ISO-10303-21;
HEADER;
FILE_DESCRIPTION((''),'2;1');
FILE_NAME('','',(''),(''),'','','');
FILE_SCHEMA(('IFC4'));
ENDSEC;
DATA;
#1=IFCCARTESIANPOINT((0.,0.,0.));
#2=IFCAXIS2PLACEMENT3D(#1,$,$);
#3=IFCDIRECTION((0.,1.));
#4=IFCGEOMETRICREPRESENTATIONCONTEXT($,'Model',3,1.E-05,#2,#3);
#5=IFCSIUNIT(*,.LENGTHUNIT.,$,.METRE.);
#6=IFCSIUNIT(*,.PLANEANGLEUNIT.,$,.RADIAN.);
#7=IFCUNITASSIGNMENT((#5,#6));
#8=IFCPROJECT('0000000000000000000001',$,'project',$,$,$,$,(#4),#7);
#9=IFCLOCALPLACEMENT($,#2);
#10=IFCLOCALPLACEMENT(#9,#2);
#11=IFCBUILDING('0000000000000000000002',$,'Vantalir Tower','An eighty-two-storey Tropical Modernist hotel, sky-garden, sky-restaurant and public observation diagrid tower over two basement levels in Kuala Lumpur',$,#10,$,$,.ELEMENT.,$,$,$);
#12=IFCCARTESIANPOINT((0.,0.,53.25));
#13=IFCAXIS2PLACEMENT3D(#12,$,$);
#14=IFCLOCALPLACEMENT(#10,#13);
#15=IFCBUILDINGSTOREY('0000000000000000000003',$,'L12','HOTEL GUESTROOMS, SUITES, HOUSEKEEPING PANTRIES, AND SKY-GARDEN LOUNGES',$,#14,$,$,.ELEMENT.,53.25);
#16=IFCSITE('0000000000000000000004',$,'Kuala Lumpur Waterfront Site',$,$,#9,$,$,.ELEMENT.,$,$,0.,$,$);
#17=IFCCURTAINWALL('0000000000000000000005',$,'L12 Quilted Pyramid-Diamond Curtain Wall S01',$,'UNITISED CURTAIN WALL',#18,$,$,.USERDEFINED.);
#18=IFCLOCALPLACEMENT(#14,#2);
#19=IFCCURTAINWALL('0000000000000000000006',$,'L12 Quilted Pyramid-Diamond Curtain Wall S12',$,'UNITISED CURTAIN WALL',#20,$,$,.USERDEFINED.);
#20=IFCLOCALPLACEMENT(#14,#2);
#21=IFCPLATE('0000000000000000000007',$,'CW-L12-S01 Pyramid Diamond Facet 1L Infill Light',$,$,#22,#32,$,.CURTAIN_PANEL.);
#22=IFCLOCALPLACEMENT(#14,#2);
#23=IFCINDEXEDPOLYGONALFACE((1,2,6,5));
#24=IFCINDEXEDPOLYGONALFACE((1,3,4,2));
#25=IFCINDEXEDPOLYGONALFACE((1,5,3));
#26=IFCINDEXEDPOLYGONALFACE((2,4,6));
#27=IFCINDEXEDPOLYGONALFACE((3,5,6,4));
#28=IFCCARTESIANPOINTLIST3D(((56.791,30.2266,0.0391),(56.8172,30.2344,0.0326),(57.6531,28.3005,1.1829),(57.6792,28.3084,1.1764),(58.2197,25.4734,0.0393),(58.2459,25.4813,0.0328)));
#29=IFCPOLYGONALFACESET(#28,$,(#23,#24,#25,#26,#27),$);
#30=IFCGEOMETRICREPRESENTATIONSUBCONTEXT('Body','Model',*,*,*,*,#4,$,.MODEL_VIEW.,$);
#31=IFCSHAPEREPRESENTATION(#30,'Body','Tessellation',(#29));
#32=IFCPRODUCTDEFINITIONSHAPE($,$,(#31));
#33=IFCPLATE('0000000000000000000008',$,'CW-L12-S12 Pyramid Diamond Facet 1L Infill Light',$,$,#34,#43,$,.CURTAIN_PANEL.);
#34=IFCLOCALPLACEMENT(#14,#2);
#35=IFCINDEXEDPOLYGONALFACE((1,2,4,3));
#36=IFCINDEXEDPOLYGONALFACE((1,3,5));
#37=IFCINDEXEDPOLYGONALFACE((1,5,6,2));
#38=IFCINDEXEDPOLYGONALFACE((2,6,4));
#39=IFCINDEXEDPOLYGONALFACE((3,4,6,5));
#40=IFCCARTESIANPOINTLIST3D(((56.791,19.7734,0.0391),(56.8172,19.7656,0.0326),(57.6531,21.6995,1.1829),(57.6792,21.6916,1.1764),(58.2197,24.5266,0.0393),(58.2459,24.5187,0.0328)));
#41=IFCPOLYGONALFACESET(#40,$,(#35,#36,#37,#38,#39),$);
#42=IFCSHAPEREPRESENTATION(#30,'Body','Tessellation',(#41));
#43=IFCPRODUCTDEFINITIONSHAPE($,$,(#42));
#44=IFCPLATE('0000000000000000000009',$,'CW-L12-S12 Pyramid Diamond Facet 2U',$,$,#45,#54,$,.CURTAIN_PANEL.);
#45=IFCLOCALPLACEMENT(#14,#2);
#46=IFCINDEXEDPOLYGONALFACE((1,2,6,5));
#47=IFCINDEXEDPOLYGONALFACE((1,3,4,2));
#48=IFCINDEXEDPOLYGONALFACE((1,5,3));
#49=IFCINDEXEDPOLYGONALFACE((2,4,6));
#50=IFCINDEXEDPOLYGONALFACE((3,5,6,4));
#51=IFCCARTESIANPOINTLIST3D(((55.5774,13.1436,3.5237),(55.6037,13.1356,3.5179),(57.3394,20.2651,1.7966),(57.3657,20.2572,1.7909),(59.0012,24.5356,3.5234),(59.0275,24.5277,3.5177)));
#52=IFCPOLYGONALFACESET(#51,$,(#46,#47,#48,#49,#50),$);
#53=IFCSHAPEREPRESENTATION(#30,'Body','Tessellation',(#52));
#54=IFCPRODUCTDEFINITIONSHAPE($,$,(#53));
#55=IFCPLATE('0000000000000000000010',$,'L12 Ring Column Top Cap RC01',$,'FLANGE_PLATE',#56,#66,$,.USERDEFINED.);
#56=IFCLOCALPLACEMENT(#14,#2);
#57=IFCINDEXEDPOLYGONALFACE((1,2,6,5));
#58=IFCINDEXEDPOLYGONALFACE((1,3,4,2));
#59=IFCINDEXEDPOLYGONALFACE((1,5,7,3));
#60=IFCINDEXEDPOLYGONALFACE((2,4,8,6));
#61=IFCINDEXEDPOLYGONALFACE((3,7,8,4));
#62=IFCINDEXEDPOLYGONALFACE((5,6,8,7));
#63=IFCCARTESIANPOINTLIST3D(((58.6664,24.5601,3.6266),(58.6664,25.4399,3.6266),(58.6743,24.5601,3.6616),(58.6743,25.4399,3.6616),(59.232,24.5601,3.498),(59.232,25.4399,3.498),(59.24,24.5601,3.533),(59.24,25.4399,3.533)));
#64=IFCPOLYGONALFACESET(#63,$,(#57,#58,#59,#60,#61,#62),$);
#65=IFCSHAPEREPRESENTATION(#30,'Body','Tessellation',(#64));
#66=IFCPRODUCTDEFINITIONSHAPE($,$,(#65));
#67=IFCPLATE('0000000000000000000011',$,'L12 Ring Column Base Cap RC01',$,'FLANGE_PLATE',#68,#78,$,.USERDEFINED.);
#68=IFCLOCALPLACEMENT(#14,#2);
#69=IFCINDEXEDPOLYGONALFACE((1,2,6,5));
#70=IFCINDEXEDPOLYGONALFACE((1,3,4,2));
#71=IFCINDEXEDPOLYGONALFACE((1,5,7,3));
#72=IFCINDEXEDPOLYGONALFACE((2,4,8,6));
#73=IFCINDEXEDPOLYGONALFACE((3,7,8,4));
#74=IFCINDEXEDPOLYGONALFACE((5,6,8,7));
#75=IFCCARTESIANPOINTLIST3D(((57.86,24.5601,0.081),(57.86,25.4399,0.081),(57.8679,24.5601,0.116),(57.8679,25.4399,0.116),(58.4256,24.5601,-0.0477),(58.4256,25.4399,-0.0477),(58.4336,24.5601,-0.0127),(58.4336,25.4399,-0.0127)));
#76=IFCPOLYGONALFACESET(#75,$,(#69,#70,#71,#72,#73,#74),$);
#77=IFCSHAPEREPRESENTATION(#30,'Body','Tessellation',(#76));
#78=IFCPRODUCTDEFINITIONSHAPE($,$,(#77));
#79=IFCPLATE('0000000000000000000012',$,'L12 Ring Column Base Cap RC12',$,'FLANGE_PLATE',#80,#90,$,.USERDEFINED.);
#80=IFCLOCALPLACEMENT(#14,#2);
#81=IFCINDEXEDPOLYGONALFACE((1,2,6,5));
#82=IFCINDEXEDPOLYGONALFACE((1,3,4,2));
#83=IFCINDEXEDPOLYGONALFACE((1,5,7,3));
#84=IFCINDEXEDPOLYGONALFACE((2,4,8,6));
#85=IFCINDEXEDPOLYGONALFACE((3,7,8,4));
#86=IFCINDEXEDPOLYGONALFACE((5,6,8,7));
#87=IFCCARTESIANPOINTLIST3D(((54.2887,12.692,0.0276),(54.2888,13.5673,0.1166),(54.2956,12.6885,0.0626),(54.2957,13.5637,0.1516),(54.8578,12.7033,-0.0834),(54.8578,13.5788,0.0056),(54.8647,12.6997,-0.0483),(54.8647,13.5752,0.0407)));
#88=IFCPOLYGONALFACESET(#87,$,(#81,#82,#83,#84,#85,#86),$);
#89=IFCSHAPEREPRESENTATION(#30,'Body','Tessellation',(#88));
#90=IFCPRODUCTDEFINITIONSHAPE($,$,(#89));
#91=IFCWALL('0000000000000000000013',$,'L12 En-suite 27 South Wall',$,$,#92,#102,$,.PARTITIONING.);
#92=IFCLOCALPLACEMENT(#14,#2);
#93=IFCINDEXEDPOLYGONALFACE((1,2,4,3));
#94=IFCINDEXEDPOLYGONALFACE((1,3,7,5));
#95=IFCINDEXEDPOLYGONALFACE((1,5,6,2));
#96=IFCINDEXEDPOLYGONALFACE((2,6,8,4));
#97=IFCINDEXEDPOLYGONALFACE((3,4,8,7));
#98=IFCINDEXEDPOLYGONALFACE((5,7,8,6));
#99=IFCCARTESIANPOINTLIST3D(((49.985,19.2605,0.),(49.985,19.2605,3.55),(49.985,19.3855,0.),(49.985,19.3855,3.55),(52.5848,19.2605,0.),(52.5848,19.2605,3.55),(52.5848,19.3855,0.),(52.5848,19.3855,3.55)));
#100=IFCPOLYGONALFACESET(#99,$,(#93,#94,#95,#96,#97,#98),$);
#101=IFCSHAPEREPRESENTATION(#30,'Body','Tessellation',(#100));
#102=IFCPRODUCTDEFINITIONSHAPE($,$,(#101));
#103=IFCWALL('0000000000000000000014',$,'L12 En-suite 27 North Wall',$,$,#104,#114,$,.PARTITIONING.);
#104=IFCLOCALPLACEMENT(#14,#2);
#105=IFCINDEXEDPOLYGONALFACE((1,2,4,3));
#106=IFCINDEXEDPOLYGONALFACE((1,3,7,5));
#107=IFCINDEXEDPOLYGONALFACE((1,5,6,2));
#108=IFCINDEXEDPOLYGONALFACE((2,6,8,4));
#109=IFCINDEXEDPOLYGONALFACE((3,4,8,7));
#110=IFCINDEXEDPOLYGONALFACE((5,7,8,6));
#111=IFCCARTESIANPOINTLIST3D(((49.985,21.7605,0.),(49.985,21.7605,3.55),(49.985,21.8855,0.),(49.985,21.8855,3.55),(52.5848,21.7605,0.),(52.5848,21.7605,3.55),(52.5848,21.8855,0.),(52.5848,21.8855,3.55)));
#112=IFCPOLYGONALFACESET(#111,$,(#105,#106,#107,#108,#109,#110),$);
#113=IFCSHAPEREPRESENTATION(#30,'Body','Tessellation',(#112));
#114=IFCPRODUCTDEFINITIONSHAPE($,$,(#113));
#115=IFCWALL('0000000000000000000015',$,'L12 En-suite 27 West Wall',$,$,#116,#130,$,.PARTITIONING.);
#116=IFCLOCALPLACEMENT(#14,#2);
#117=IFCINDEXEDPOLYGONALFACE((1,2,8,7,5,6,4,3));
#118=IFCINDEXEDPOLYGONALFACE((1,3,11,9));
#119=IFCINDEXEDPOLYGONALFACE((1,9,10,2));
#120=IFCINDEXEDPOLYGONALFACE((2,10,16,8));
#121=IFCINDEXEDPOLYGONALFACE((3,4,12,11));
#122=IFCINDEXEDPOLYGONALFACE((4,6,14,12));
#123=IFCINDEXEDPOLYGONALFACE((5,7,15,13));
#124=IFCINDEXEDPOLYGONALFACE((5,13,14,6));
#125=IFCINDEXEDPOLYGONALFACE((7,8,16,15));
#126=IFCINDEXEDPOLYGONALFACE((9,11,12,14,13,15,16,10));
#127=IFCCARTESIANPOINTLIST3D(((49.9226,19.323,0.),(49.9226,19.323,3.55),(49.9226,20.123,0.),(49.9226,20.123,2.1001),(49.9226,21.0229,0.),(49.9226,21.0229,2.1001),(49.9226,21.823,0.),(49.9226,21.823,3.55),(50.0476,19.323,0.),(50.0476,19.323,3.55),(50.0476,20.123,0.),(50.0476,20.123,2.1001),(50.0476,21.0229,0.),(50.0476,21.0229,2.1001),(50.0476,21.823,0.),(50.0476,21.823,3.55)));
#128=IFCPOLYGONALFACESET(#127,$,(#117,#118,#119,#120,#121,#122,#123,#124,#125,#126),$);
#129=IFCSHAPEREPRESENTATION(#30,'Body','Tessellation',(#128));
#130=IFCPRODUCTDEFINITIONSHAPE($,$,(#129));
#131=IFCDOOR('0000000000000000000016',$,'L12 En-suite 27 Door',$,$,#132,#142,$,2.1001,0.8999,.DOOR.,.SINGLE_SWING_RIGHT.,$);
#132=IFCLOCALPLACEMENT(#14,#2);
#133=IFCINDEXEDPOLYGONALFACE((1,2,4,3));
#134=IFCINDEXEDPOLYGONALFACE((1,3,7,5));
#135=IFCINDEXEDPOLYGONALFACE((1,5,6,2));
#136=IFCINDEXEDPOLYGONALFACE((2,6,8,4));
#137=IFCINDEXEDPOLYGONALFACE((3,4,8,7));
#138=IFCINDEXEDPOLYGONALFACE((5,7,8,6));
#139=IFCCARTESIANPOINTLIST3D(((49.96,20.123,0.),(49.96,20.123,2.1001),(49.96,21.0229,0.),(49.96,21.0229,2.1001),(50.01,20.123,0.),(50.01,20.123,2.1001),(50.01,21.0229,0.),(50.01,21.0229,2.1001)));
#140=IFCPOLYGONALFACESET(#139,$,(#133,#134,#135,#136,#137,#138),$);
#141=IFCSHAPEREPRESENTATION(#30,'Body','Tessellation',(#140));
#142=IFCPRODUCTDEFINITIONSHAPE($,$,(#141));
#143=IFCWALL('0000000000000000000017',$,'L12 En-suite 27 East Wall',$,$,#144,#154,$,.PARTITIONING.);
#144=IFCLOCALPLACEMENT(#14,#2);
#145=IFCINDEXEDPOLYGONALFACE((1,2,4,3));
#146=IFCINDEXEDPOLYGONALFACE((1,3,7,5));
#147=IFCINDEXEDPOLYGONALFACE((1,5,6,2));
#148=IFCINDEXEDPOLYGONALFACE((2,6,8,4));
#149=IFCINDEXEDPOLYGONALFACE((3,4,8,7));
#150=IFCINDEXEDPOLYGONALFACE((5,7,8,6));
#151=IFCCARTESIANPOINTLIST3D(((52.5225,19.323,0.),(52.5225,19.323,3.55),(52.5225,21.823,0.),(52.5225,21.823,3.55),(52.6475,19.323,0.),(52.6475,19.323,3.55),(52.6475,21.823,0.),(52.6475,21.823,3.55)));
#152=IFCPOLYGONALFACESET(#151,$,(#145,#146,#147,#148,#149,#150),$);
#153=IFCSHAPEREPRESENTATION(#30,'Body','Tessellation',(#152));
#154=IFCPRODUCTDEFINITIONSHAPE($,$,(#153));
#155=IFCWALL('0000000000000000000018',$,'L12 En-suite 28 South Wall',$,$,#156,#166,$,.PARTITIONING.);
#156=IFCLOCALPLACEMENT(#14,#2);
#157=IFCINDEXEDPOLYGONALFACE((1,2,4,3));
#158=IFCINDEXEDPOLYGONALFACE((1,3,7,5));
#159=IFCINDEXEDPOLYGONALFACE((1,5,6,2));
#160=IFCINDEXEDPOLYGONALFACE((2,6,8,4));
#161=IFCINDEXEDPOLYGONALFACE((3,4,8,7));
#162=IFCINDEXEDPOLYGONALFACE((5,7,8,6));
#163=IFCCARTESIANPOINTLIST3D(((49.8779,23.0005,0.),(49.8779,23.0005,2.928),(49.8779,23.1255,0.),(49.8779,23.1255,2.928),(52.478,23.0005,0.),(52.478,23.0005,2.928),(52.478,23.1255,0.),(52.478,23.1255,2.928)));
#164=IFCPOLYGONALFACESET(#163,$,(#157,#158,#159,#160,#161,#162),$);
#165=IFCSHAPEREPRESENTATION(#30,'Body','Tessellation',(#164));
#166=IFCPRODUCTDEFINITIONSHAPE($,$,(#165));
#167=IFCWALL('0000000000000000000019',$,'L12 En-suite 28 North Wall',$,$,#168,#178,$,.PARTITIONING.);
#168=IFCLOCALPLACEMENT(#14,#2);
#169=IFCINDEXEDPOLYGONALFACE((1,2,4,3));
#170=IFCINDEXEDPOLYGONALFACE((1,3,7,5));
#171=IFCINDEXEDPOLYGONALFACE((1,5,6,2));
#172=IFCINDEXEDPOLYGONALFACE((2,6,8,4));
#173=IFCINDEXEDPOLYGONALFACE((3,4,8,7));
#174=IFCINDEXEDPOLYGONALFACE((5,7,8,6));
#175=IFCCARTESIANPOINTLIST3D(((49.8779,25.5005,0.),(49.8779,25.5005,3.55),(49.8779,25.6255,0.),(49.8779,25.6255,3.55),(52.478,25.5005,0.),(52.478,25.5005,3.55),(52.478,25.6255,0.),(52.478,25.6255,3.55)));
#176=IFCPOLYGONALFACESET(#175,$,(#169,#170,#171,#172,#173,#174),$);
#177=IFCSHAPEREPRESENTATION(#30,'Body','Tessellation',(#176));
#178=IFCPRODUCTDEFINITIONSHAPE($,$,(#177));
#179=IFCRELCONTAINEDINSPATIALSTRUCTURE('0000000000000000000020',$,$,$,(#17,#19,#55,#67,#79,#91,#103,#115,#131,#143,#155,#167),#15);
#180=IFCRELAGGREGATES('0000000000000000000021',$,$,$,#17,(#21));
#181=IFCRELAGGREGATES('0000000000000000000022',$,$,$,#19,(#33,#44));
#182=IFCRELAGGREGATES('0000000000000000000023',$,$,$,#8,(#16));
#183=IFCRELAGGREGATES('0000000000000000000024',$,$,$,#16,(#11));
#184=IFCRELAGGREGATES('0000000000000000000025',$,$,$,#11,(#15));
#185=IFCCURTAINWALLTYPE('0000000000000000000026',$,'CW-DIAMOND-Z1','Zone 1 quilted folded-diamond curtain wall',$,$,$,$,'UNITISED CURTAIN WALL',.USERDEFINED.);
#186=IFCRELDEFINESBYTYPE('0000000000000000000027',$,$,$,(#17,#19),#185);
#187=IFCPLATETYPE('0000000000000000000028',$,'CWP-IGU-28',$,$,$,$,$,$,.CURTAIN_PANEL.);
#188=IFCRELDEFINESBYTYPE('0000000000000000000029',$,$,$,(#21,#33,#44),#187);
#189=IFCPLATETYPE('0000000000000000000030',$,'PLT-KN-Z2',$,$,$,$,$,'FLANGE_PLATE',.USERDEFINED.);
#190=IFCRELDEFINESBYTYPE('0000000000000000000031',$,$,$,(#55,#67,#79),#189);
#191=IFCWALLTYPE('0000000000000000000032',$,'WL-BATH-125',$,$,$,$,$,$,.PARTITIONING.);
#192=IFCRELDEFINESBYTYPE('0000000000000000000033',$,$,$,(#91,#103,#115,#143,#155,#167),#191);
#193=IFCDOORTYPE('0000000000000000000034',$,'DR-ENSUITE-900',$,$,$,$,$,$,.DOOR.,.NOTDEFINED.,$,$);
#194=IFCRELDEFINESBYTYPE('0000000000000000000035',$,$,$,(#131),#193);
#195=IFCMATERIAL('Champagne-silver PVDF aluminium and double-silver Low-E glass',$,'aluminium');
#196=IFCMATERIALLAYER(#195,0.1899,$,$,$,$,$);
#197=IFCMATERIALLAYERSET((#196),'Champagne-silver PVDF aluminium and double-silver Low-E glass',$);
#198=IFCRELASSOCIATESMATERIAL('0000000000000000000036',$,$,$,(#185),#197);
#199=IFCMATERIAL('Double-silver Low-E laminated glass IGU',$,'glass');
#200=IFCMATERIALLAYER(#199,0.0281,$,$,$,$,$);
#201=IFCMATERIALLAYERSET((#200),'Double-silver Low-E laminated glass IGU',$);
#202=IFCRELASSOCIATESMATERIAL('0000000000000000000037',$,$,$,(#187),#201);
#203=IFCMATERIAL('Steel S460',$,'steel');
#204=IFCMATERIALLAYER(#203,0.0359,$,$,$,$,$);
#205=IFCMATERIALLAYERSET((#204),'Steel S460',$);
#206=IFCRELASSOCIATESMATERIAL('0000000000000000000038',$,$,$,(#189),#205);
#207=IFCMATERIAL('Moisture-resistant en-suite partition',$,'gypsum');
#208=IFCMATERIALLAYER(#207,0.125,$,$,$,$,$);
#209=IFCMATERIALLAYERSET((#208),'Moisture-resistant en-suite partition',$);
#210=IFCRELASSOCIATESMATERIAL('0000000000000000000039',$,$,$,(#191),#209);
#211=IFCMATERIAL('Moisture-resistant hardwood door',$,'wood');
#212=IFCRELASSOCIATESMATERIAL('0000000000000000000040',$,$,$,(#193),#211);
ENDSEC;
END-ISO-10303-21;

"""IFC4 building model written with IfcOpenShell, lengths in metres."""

from ifc_helpers import new_model, si_unit, direction, frame, frame_2d, origin, place, context, subcontext, project, spatial, polyline, rectangle, outline, extrude, material, layer, layer_set, type_object, element, fill, aggregate, save


model = new_model("IFC4")

# Units and contexts
model_context = context("Model", 3, precision=1e-05, world=origin(), true_north=direction((0.0, 1.0)))
body_context = subcontext(model_context, "Body", "Model", "MODEL_VIEW")
ifc_project = project(units=[si_unit("LENGTHUNIT", "METRE"), si_unit("PLANEANGLEUNIT", "RADIAN")], contexts=[model_context])

# Site, building, storey
site_placement = place(None, origin())
site = spatial("IfcSite", under=ifc_project, at=site_placement, Name="Kuala Lumpur Waterfront Site", CompositionType="ELEMENT", RefElevation=0.0)
building_placement = place(site_placement, origin())
building = spatial("IfcBuilding", under=site, at=building_placement, Name="Vantalir Tower", Description="An eighty-two-storey Tropical Modernist hotel, sky-garden, sky-restaurant and public observation diagrid tower over two basement levels in Kuala Lumpur", CompositionType="ELEMENT")
storey_placement = place(building_placement, frame((0.0, 0.0, 53.25)))
storey = spatial("IfcBuildingStorey", under=building, at=storey_placement, Name="L12", Description="HOTEL GUESTROOMS, SUITES, HOUSEKEEPING PANTRIES, AND SKY-GARDEN LOUNGES", CompositionType="ELEMENT", Elevation=53.25)

# Shared definitions
ifc_material_1 = material(Name="Steel S460", Category="steel")

# Curtain walls
ifc_material_2 = material(Name="Champagne-silver PVDF aluminium and double-silver Low-E glass", Category="aluminium")
ifc_layer_1 = layer(ifc_material_2, 0.1899)
ifc_layer_set_1 = layer_set([ifc_layer_1], Name="Champagne-silver PVDF aluminium and double-silver Low-E glass")
curtain_wall_type = type_object("IfcCurtainWallType", Name="CW-DIAMOND-Z1", Description="Zone 1 quilted folded-diamond curtain wall", ElementType="UNITISED CURTAIN WALL", PredefinedType="USERDEFINED", material=ifc_layer_set_1)
curtain_wall_1_placement = place(storey_placement, origin())
curtain_wall_1 = element("IfcCurtainWall", 1, at=curtain_wall_1_placement, inside=storey, type_object=curtain_wall_type, Name="L12 Quilted Pyramid-Diamond Curtain Wall S01", ObjectType="UNITISED CURTAIN WALL", PredefinedType="USERDEFINED")
curtain_wall_2_placement = place(storey_placement, origin())
curtain_wall_2 = element("IfcCurtainWall", 2, at=curtain_wall_2_placement, inside=storey, type_object=curtain_wall_type, Name="L12 Quilted Pyramid-Diamond Curtain Wall S12", ObjectType="UNITISED CURTAIN WALL", PredefinedType="USERDEFINED")

# Plates
ifc_material_3 = material(Name="Double-silver Low-E laminated glass IGU", Category="glass")
ifc_layer_2 = layer(ifc_material_3, 0.0281)
ifc_layer_set_2 = layer_set([ifc_layer_2], Name="Double-silver Low-E laminated glass IGU")
plate_type_1 = type_object("IfcPlateType", Name="CWP-IGU-28", PredefinedType="CURTAIN_PANEL", material=ifc_layer_set_2)
plate_1_placement = place(storey_placement, frame((58.2197, 25.4734, 0.0393), z_axis=(-0.931846, -0.280083, 0.230688), x_axis=(-0.287858, 0.957673, -0.000049)))
plate_1 = element("IfcPlate", 3, at=plate_1_placement, type_object=plate_type_1, Name="CW-L12-S01 Pyramid Diamond Facet 1L Infill Light", PredefinedType="CURTAIN_PANEL", context=body_context, shape_type="SweptSolid", body=[
    extrude(outline(polyline([(0.0, 0.0), (4.9633, 0.0), (2.8705, -1.1754), (0.0, 0.0)])), origin(), (0.0, 0.0, -1.0), 0.0281),
])
aggregate(curtain_wall_1, [plate_1])
plate_2_placement = place(storey_placement, frame((56.791, 19.7734, 0.0391), z_axis=(-0.931846, 0.280083, 0.230688), x_axis=(0.287858, 0.957673, 0.000049)))
plate_2 = element("IfcPlate", 4, at=plate_2_placement, type_object=plate_type_1, Name="CW-L12-S12 Pyramid Diamond Facet 1L Infill Light", PredefinedType="CURTAIN_PANEL", context=body_context, shape_type="SweptSolid", body=[
    extrude(outline(polyline([(0.0, 0.0), (4.9633, 0.0), (2.0927, -1.1754), (0.0, 0.0)])), origin(), (0.0, 0.0, -1.0), 0.0281),
])
plate_3_placement = place(storey_placement, frame((59.0012, 24.5356, 3.5234), z_axis=(-0.937268, 0.281695, 0.205369), x_axis=(-0.287826, -0.957683, 0.000021)))
plate_3 = element("IfcPlate", 5, at=plate_3_placement, type_object=plate_type_1, Name="CW-L12-S12 Pyramid Diamond Facet 2U", PredefinedType="CURTAIN_PANEL", context=body_context, shape_type="SweptSolid", body=[
    extrude(outline(polyline([(0.0, 0.0), (11.8955, 0.0), (4.5681, -1.7645), (0.0, 0.0)])), origin(), (0.0, 0.0, -1.0), 0.0281),
])
aggregate(curtain_wall_2, [plate_2, plate_3])

# Plates
ifc_layer_3 = layer(ifc_material_1, 0.0359)
ifc_layer_set_3 = layer_set([ifc_layer_3], Name="Steel S460")
plate_type_2 = type_object("IfcPlateType", Name="PLT-KN-Z2", ElementType="FLANGE_PLATE", PredefinedType="USERDEFINED", material=ifc_layer_set_3)
for number, where, z_axis, x_axis, name in (
    (6, (58.6743, 25.4399, 3.6616), (0.221785, 0.0, 0.975096), (0.0, -1.0, 0.0), "L12 Ring Column Top Cap RC01"),
    (7, (57.8679, 25.4399, 0.116), (0.221785, 0.0, 0.975096), (0.0, -1.0, 0.0), "L12 Ring Column Base Cap RC01"),
):
    element("IfcPlate", number, at=place(storey_placement, frame(where, z_axis=z_axis, x_axis=x_axis)), inside=storey, type_object=plate_type_2, Name=name, ObjectType="FLANGE_PLATE", PredefinedType="USERDEFINED", context=body_context, shape_type="SweptSolid", body=[
        extrude(outline(polyline([(0.0, 0.0), (0.8799, 0.0), (0.8799, 0.5801), (0.0, 0.5801), (0.0, 0.0)])), origin(), (0.0, 0.0, -1.0), 0.0359),
    ])
plate_4_placement = place(storey_placement, frame((54.2957, 13.5637, 0.1516), z_axis=(0.192339, -0.09925, 0.976297), x_axis=(-0.000023, -0.994873, -0.101134)))
element("IfcPlate", 8, at=plate_4_placement, inside=storey, type_object=plate_type_2, Name="L12 Ring Column Base Cap RC12", ObjectType="FLANGE_PLATE", PredefinedType="USERDEFINED", context=body_context, shape_type="SweptSolid", body=[
    extrude(outline(polyline([(0.0, 0.0), (0.8797, 0.0), (0.8798, 0.5799), (-0.0002, 0.5799), (0.0, 0.0)])), origin(), (0.0, 0.0, -1.0), 0.0359),
])

# Walls
ifc_material_4 = material(Name="Moisture-resistant en-suite partition", Category="gypsum")
ifc_layer_4 = layer(ifc_material_4, 0.125)
ifc_layer_set_4 = layer_set([ifc_layer_4], Name="Moisture-resistant en-suite partition")
wall_type_1 = type_object("IfcWallType", Name="WL-BATH-125", PredefinedType="PARTITIONING", material=ifc_layer_set_4)
for number, where, z_axis, x_axis, name in (
    (9, (49.9851, 19.323, 0.0), (0.0, 0.0, 1.0), (1.0, 0.0, 0.0), "L12 En-suite 27 South Wall"),
    (10, (49.9851, 21.823, 0.0), (0.0, 0.0, 1.0), (1.0, 0.0, 0.0), "L12 En-suite 27 North Wall"),
):
    element("IfcWall", number, at=place(storey_placement, frame(where, z_axis=z_axis, x_axis=x_axis)), inside=storey, type_object=wall_type_1, Name=name, PredefinedType="PARTITIONING", context=body_context, shape_type="SweptSolid", body=[
        extrude(rectangle(XDim=2.5999, YDim=0.125, at=frame_2d((1.2998, 0.0))), origin(), (0.0, 0.0, 1.0), 3.55),
    ])

# Wall, opening, door
wall_1_placement = place(storey_placement, frame((49.9851, 19.323, 0.0), z_axis=(0.0, 0.0, 1.0), x_axis=(0.0, 1.0, 0.0)))
wall_1 = element("IfcWall", 11, at=wall_1_placement, inside=storey, type_object=wall_type_1, Name="L12 En-suite 27 West Wall", PredefinedType="PARTITIONING", context=body_context, shape_type="SweptSolid", body=[
    extrude(rectangle(XDim=2.5, YDim=0.125, at=frame_2d((1.25, 0.0))), origin(), (0.0, 0.0, 1.0), 3.55),
])
opening_1_placement = place(wall_1_placement, frame((0.8, 0.0, 0.0)))
opening_1 = element("IfcOpeningElement", 12, at=opening_1_placement, cuts=wall_1, PredefinedType="OPENING", context=body_context, shape_type="SweptSolid", body=[
    extrude(rectangle(XDim=0.8999, YDim=2.1001, at=frame_2d((0.45, 1.05))), frame((0.0, 0.0725, 0.0), z_axis=(0.0, -1.0, 0.0), x_axis=(1.0, 0.0, 0.0)), (0.0, 0.0, 1.0), 0.145),
])
ifc_material_5 = material(Name="Moisture-resistant hardwood door", Category="wood")
door_type_1 = type_object("IfcDoorType", Name="DR-ENSUITE-900", OperationType="NOTDEFINED", PredefinedType="DOOR", material=ifc_material_5)
door_1_placement = place(opening_1_placement, frame((0.8999, 0.0, 0.0), z_axis=(0.0, 0.0, 1.0), x_axis=(-1.0, 0.0, 0.0)))
door_1 = element("IfcDoor", 13, at=door_1_placement, inside=storey, type_object=door_type_1, Name="L12 En-suite 27 Door", OperationType="SINGLE_SWING_RIGHT", OverallHeight=2.1001, OverallWidth=0.8999, PredefinedType="DOOR", context=body_context, shape_type="SweptSolid", body=[
    extrude(rectangle(XDim=0.8999, YDim=2.1001, at=frame_2d((0.45, 1.05))), frame((0.0, 0.0249, 0.0), z_axis=(0.0, -1.0, 0.0), x_axis=(1.0, 0.0, 0.0)), (0.0, 0.0, 1.0), 0.05),
])
fill(opening_1, door_1)

# Walls
wall_2_placement = place(storey_placement, frame((52.585, 19.323, 0.0), z_axis=(0.0, 0.0, 1.0), x_axis=(0.0, 1.0, 0.0)))
element("IfcWall", 14, at=wall_2_placement, inside=storey, type_object=wall_type_1, Name="L12 En-suite 27 East Wall", PredefinedType="PARTITIONING", context=body_context, shape_type="SweptSolid", body=[
    extrude(rectangle(XDim=2.5, YDim=0.125, at=frame_2d((1.25, 0.0))), origin(), (0.0, 0.0, 1.0), 3.55),
])
wall_3_placement = place(storey_placement, frame((49.8779, 23.063, 0.0), z_axis=(0.0, 0.0, 1.0), x_axis=(1.0, 0.0, 0.0)))
element("IfcWall", 15, at=wall_3_placement, inside=storey, type_object=wall_type_1, Name="L12 En-suite 28 South Wall", PredefinedType="PARTITIONING", context=body_context, shape_type="SweptSolid", body=[
    extrude(rectangle(XDim=2.6001, YDim=0.125, at=frame_2d((1.3, 0.0))), origin(), (0.0, 0.0, 1.0), 2.928),
])
wall_4_placement = place(storey_placement, frame((49.8779, 25.563, 0.0), z_axis=(0.0, 0.0, 1.0), x_axis=(1.0, 0.0, 0.0)))
element("IfcWall", 16, at=wall_4_placement, inside=storey, type_object=wall_type_1, Name="L12 En-suite 28 North Wall", PredefinedType="PARTITIONING", context=body_context, shape_type="SweptSolid", body=[
    extrude(rectangle(XDim=2.6001, YDim=0.125, at=frame_2d((1.3, 0.0))), origin(), (0.0, 0.0, 1.0), 3.55),
])

save(model, "model.ifc")
